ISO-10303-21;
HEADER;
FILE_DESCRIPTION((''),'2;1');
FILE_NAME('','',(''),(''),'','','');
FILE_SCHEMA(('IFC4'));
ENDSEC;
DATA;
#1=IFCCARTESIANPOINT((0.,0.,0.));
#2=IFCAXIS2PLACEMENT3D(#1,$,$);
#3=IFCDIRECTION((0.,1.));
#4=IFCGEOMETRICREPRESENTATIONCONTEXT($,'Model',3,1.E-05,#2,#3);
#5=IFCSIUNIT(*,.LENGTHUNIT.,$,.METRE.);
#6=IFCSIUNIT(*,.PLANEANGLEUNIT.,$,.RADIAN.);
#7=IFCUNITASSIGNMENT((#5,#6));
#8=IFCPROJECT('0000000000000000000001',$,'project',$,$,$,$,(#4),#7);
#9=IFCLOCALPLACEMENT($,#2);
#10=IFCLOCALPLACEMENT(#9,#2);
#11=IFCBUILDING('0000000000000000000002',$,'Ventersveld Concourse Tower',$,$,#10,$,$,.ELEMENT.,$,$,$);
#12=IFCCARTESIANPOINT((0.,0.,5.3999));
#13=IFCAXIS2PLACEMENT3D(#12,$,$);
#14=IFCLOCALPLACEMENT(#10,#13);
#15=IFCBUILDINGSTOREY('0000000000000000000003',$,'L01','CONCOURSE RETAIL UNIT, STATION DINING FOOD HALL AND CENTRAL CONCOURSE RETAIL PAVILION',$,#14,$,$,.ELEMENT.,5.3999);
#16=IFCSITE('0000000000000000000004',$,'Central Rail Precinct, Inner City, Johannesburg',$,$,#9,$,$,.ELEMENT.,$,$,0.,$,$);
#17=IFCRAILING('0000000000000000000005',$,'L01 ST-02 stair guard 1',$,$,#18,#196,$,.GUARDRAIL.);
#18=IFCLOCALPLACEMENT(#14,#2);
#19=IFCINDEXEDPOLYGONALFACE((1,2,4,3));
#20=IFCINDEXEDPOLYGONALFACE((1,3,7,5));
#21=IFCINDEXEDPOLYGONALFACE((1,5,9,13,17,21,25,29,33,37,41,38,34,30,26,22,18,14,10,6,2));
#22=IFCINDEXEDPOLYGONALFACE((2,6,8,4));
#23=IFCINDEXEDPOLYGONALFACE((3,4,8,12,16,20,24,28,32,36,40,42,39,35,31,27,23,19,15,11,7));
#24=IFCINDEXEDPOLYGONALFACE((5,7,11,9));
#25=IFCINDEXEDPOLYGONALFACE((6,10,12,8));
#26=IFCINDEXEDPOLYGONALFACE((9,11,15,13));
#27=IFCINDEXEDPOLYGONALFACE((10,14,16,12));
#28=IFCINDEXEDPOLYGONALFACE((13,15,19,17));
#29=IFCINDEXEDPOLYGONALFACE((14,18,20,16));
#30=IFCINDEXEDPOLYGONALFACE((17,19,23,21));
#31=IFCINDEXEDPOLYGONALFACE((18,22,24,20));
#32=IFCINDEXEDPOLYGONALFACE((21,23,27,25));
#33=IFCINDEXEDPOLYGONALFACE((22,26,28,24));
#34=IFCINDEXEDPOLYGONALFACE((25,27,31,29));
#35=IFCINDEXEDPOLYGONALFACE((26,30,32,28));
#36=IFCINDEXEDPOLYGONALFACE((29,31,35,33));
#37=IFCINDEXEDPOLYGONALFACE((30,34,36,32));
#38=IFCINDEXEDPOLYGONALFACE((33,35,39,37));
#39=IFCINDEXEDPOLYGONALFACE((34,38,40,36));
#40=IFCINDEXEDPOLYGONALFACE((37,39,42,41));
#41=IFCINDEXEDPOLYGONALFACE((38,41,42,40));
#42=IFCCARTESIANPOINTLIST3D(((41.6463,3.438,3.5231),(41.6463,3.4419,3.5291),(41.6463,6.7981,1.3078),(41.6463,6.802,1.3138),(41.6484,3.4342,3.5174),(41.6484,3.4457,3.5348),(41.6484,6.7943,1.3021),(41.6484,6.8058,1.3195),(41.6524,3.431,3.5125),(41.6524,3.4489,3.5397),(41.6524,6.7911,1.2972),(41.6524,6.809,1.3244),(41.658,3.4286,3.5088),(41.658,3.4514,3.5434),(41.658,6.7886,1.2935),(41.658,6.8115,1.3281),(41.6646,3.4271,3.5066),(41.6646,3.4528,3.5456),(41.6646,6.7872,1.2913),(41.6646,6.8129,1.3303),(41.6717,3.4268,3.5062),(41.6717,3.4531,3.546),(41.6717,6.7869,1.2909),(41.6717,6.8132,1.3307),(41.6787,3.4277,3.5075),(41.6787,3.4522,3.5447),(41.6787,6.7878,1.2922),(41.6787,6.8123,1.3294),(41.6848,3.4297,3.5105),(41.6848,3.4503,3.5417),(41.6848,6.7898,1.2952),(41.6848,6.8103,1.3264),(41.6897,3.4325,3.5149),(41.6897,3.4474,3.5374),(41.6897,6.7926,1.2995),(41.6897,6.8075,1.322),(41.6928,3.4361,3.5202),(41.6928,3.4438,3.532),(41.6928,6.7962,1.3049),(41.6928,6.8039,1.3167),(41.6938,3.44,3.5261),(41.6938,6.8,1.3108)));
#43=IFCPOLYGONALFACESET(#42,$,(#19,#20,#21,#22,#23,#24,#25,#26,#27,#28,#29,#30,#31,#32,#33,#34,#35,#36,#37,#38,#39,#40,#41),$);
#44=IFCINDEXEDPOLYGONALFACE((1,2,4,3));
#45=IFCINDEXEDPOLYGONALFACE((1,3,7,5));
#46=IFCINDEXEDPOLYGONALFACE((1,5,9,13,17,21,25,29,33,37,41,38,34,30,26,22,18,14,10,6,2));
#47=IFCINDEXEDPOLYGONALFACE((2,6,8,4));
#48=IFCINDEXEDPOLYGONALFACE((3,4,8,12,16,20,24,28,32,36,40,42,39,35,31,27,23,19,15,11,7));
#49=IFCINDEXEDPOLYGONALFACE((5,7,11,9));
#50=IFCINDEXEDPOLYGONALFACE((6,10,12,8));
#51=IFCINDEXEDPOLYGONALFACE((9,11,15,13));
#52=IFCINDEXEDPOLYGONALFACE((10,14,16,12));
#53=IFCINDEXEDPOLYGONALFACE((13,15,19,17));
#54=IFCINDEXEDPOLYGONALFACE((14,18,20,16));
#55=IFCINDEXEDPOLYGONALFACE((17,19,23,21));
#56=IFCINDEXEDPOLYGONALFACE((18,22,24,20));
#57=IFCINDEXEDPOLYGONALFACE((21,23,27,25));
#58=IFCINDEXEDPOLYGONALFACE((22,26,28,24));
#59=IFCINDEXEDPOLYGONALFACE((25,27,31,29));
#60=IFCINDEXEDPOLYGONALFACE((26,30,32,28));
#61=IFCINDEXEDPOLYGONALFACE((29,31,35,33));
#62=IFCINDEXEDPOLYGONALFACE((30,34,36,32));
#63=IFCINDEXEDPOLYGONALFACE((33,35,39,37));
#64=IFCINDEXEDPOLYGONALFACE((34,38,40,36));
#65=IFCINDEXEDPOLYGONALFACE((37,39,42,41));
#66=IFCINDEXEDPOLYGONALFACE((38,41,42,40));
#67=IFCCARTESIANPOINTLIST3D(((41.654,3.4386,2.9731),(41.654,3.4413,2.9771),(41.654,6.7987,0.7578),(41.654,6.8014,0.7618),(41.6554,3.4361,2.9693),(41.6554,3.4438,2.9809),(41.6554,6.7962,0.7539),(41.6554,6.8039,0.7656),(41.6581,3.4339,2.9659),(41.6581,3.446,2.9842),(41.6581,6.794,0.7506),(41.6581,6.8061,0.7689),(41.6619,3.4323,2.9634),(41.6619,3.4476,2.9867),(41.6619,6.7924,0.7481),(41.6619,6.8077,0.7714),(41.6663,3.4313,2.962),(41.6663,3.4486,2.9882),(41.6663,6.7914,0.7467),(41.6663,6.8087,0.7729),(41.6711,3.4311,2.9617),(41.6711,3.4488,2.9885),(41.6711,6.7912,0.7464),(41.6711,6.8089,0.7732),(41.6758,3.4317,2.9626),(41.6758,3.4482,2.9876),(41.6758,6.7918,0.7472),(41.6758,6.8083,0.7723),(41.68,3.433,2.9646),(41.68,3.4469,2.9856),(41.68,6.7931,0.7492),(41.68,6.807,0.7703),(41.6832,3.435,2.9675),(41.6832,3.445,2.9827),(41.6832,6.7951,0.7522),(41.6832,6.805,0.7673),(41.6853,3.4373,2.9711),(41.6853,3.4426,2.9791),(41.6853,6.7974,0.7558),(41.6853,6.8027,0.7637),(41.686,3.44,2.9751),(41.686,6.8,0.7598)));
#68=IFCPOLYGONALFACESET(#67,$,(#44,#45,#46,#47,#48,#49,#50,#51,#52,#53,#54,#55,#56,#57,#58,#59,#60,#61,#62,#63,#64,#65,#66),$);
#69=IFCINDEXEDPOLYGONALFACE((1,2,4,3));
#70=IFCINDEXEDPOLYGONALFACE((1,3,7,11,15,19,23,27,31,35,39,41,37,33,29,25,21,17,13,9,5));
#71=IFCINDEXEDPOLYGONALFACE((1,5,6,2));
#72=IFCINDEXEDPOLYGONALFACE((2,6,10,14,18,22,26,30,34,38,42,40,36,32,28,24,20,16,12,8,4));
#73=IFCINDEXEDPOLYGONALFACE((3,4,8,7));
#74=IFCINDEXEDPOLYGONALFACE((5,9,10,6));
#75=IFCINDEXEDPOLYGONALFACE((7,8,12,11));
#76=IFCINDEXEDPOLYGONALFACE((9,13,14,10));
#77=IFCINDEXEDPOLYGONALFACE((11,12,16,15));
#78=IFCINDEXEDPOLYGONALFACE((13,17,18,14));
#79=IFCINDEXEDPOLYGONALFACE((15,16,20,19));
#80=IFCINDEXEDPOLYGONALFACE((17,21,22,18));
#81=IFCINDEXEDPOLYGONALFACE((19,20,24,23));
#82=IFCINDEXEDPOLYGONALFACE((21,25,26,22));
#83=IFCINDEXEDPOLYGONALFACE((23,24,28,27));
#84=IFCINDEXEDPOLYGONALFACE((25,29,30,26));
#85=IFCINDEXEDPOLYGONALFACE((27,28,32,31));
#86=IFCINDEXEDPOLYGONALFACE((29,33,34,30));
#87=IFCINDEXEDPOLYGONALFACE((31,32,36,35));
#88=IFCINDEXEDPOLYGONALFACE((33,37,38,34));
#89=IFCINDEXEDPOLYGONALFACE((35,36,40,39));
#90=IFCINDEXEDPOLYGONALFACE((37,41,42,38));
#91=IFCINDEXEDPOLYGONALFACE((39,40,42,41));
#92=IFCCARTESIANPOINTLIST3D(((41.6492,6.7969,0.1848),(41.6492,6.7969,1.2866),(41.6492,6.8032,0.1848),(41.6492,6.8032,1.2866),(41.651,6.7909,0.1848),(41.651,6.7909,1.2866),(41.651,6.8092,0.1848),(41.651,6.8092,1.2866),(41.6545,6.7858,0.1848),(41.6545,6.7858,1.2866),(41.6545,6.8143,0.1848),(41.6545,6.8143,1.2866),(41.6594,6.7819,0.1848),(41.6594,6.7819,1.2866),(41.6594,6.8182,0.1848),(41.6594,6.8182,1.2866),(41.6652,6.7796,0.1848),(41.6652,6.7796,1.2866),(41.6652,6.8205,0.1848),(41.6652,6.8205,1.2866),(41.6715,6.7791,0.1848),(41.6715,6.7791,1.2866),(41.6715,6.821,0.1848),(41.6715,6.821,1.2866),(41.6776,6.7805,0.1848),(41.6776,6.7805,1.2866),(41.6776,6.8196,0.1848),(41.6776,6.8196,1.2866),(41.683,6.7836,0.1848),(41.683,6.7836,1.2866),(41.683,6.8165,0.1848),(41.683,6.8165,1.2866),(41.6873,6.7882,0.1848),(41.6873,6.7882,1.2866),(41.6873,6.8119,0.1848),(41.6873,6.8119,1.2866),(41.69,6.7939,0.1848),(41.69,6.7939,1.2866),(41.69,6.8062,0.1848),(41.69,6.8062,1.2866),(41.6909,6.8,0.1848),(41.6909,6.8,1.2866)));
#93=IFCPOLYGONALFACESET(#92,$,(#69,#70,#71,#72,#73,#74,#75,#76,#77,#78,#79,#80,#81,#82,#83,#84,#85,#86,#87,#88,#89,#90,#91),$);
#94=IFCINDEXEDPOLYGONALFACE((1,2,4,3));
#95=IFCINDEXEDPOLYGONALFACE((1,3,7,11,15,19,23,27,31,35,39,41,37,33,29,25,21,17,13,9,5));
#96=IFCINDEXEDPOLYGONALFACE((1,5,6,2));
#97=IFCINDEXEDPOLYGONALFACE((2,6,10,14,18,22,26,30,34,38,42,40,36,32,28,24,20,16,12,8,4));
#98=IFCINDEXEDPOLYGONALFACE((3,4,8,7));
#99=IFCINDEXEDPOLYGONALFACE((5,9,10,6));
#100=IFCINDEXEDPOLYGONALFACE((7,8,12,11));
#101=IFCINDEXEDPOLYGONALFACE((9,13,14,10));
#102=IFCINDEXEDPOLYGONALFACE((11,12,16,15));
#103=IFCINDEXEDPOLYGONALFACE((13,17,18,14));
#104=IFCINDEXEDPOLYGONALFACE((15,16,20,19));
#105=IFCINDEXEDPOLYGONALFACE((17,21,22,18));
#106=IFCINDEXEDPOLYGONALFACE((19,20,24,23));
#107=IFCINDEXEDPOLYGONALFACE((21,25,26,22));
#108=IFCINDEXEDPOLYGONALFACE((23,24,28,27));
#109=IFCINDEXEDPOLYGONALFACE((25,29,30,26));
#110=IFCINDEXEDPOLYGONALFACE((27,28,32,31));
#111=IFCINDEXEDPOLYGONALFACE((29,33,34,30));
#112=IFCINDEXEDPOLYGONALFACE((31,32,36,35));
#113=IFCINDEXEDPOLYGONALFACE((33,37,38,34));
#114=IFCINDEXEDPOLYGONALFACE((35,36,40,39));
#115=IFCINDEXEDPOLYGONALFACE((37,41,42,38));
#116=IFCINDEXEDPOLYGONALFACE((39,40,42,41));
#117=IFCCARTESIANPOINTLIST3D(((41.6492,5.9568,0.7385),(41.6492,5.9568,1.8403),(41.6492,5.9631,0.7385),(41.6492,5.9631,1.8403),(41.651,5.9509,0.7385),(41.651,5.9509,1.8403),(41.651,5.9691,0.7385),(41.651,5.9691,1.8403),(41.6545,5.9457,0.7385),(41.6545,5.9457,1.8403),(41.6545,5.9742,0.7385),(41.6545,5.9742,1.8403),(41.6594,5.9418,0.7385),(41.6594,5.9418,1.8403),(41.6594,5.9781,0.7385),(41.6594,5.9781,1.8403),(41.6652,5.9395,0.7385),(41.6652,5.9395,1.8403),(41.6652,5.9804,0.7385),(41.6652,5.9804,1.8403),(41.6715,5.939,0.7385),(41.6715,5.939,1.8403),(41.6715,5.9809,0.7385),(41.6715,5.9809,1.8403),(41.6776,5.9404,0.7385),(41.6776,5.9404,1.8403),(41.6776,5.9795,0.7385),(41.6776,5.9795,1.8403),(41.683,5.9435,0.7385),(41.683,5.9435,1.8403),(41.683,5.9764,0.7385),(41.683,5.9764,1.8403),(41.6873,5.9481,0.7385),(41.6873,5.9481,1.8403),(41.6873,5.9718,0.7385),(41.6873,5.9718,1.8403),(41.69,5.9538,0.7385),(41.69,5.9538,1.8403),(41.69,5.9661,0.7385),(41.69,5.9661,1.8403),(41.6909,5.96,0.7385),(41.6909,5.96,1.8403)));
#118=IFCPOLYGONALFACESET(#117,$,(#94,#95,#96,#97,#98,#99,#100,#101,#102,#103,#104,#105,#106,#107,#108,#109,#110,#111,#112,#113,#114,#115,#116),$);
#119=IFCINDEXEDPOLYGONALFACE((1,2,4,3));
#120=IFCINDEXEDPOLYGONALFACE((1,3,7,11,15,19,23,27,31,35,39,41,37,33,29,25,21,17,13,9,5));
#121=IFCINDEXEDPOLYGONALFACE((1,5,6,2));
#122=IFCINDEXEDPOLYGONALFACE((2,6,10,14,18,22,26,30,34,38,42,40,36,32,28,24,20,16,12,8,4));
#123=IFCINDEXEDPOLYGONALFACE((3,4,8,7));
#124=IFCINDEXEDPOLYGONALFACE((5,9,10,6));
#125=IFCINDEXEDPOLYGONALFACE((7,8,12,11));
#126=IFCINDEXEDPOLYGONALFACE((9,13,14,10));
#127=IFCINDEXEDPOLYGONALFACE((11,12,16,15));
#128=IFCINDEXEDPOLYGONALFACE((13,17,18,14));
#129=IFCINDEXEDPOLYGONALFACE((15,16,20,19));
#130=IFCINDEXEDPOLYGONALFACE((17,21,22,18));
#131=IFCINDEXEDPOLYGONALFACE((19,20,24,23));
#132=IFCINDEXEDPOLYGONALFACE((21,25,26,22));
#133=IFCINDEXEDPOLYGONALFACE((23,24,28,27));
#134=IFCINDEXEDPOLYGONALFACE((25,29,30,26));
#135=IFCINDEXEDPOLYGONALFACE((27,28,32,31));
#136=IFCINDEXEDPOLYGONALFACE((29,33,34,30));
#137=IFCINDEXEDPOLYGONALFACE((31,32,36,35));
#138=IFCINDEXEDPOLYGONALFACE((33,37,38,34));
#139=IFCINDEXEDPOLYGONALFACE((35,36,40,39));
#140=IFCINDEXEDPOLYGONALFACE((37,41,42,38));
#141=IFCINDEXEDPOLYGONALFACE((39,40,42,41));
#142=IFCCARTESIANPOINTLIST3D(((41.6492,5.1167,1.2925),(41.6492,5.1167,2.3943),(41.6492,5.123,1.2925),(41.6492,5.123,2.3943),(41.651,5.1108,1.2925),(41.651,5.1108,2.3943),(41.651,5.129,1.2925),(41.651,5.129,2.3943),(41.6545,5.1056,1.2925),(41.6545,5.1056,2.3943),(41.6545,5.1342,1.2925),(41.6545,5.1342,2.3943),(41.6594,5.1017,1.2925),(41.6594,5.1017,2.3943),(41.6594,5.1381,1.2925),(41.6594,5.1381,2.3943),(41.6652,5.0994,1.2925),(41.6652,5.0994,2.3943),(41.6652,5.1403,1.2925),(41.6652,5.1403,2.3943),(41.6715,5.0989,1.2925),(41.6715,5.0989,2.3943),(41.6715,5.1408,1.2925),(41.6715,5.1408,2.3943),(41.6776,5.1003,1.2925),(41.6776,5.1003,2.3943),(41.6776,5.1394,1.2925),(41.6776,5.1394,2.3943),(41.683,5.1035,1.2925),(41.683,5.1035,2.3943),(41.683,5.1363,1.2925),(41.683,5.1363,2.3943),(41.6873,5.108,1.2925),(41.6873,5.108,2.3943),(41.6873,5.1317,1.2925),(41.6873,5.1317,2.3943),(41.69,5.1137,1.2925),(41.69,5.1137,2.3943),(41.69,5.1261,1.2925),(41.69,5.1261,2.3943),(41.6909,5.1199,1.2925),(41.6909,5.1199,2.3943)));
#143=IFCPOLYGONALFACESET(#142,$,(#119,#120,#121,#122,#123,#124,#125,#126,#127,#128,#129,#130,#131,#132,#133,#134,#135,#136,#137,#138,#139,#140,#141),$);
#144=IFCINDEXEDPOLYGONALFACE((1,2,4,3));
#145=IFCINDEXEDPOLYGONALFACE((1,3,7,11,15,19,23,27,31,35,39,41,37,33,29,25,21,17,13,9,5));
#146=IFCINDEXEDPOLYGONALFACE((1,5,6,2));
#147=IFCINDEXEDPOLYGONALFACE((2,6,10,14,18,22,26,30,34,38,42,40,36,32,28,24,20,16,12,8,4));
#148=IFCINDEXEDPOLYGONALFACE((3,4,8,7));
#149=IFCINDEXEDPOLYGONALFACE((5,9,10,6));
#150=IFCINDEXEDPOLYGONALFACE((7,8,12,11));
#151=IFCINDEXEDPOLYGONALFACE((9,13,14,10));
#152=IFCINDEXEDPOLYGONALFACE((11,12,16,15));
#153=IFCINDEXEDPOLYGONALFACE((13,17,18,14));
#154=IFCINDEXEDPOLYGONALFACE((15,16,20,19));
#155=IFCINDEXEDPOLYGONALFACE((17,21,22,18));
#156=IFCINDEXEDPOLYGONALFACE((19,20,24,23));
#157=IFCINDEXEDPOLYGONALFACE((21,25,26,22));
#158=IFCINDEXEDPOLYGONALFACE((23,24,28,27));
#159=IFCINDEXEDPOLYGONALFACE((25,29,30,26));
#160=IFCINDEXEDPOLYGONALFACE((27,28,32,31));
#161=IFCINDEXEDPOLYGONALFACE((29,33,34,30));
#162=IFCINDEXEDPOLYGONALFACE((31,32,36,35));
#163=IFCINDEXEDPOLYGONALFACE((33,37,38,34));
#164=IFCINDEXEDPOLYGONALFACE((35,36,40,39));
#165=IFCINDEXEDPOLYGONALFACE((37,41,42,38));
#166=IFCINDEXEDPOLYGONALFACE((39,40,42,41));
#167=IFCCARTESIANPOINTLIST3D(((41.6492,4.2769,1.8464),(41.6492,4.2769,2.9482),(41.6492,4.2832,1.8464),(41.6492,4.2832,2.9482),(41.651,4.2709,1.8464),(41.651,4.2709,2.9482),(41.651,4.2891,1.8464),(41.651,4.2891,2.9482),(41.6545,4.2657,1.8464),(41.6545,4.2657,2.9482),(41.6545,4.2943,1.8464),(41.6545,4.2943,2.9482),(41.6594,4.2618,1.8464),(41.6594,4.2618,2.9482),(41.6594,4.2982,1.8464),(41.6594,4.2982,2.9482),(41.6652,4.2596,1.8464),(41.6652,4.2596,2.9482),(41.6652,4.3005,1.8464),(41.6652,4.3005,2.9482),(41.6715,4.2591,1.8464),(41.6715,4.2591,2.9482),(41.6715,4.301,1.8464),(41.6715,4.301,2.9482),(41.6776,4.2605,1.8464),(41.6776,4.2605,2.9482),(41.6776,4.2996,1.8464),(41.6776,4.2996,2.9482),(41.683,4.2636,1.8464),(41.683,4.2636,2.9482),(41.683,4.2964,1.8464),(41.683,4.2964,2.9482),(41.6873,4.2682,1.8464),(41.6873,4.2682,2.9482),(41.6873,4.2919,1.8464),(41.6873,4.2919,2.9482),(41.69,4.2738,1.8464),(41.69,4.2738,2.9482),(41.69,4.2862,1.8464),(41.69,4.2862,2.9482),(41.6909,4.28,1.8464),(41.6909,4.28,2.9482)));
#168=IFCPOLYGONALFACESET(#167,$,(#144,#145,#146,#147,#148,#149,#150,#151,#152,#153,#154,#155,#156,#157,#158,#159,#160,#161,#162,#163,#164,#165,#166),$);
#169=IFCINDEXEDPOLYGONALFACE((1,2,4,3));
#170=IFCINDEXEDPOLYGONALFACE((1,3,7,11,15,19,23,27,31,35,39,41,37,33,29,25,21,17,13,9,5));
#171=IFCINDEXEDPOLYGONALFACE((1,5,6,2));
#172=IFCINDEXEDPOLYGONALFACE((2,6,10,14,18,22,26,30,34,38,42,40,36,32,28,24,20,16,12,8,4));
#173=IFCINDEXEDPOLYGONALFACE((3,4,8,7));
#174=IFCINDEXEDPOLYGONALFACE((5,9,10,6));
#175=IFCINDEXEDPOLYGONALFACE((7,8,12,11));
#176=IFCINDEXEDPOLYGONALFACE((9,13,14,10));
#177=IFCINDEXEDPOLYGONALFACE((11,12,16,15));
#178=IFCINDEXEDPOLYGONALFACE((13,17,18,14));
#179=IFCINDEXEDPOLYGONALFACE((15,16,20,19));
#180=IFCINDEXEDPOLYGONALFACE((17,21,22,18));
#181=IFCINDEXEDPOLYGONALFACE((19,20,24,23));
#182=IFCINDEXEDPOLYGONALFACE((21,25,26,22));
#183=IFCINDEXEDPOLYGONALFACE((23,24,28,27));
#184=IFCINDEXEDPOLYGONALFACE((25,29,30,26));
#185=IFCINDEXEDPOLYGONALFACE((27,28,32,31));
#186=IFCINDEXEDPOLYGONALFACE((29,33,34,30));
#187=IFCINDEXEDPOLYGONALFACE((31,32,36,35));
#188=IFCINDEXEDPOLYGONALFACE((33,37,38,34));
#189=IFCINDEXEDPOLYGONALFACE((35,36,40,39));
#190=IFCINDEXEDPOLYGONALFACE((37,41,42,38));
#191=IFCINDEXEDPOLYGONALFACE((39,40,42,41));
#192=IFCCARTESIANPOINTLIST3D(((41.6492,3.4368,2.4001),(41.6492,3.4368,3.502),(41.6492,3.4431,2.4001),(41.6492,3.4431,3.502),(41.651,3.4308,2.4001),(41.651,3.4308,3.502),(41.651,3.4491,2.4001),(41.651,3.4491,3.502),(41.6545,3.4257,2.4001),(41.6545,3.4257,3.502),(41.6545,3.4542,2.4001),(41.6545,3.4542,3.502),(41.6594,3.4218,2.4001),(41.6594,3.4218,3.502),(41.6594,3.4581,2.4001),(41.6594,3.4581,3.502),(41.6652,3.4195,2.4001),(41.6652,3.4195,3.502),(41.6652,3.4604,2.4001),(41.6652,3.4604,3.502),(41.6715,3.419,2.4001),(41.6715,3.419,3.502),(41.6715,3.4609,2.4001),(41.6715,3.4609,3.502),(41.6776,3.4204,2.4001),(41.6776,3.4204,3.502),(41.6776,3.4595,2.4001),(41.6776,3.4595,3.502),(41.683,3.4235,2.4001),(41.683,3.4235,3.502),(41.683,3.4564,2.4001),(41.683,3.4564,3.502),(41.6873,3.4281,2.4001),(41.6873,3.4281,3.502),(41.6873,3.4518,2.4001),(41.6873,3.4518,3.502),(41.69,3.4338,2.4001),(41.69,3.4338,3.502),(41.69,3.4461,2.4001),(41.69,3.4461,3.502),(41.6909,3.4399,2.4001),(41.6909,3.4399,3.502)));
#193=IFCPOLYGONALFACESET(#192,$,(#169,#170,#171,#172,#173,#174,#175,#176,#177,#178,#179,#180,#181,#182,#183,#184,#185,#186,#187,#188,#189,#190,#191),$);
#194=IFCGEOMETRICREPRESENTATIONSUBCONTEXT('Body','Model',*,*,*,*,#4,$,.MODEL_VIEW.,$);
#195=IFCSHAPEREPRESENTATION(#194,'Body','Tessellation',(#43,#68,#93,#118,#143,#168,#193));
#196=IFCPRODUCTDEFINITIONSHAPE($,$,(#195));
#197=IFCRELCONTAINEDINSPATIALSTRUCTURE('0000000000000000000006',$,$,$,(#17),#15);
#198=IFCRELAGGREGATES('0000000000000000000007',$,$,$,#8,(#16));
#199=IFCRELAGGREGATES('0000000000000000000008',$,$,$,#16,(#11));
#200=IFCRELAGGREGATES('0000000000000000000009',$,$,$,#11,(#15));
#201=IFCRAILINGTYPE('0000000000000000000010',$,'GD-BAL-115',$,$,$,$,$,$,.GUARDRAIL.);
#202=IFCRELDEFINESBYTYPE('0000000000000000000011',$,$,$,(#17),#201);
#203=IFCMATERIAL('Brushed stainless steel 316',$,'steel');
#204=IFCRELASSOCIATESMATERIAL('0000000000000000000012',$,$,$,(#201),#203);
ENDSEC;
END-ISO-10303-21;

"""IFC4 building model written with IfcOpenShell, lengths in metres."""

from ifc_helpers import new_model, si_unit, direction, frame, origin, origin_2d, place, context, subcontext, project, spatial, circle, extrude, material, type_object, element, save


model = new_model("IFC4")

# Units and contexts
model_context = context("Model", 3, precision=1e-05, world=origin(), true_north=direction((0.0, 1.0)))
body_context = subcontext(model_context, "Body", "Model", "MODEL_VIEW")
ifc_project = project(units=[si_unit("LENGTHUNIT", "METRE"), si_unit("PLANEANGLEUNIT", "RADIAN")], contexts=[model_context])

# Site, building, storey
site_placement = place(None, origin())
site = spatial("IfcSite", under=ifc_project, at=site_placement, Name="Central Rail Precinct, Inner City, Johannesburg", CompositionType="ELEMENT", RefElevation=0.0)
building_placement = place(site_placement, origin())
building = spatial("IfcBuilding", under=site, at=building_placement, Name="Ventersveld Concourse Tower", CompositionType="ELEMENT")
storey_placement = place(building_placement, frame((0.0, 0.0, 5.3999)))
storey = spatial("IfcBuildingStorey", under=building, at=storey_placement, Name="L01", Description="CONCOURSE RETAIL UNIT, STATION DINING FOOD HALL AND CENTRAL CONCOURSE RETAIL PAVILION", CompositionType="ELEMENT", Elevation=5.3999)

# Shared definitions
ifc_material_1 = material(Name="Brushed stainless steel 316", Category="steel")

# Railing
railing_type_1 = type_object("IfcRailingType", Name="GD-BAL-115", PredefinedType="GUARDRAIL", material=ifc_material_1)
railing_1_placement = place(storey_placement, frame((41.6699, 6.8, 0.1848)))
element("IfcRailing", 1, at=railing_1_placement, inside=storey, type_object=railing_type_1, Name="L01 ST-02 stair guard 1", PredefinedType="GUARDRAIL", context=body_context, shape_type="SweptSolid", body=[
    extrude(circle(Radius=0.0239, at=origin_2d()), frame((0.0, 0.0, 1.126), z_axis=(0.0, -0.834876, 0.550437), x_axis=(1.0, 0.0, 0.0)), (0.0, 0.0, 1.0), 4.0247),
    extrude(circle(Radius=0.0161, at=origin_2d()), frame((0.0, 0.0, 0.575), z_axis=(0.0, -0.834876, 0.550437), x_axis=(1.0, 0.0, 0.0)), (0.0, 0.0, 1.0), 4.0247),
    extrude(circle(Radius=0.021, at=origin_2d()), origin(), (0.0, 0.0, 1.0), 1.1018),
    extrude(circle(Radius=0.021, at=origin_2d()), frame((0.0, -0.8401, 0.5537)), (0.0, 0.0, 1.0), 1.1018),
    extrude(circle(Radius=0.021, at=origin_2d()), frame((0.0, -1.6802, 1.1077)), (0.0, 0.0, 1.0), 1.1018),
    extrude(circle(Radius=0.021, at=origin_2d()), frame((0.0, -2.52, 1.6616)), (0.0, 0.0, 1.0), 1.1018),
    extrude(circle(Radius=0.021, at=origin_2d()), frame((0.0, -3.3601, 2.2153)), (0.0, 0.0, 1.0), 1.1018),
])

save(model, "model.ifc")
